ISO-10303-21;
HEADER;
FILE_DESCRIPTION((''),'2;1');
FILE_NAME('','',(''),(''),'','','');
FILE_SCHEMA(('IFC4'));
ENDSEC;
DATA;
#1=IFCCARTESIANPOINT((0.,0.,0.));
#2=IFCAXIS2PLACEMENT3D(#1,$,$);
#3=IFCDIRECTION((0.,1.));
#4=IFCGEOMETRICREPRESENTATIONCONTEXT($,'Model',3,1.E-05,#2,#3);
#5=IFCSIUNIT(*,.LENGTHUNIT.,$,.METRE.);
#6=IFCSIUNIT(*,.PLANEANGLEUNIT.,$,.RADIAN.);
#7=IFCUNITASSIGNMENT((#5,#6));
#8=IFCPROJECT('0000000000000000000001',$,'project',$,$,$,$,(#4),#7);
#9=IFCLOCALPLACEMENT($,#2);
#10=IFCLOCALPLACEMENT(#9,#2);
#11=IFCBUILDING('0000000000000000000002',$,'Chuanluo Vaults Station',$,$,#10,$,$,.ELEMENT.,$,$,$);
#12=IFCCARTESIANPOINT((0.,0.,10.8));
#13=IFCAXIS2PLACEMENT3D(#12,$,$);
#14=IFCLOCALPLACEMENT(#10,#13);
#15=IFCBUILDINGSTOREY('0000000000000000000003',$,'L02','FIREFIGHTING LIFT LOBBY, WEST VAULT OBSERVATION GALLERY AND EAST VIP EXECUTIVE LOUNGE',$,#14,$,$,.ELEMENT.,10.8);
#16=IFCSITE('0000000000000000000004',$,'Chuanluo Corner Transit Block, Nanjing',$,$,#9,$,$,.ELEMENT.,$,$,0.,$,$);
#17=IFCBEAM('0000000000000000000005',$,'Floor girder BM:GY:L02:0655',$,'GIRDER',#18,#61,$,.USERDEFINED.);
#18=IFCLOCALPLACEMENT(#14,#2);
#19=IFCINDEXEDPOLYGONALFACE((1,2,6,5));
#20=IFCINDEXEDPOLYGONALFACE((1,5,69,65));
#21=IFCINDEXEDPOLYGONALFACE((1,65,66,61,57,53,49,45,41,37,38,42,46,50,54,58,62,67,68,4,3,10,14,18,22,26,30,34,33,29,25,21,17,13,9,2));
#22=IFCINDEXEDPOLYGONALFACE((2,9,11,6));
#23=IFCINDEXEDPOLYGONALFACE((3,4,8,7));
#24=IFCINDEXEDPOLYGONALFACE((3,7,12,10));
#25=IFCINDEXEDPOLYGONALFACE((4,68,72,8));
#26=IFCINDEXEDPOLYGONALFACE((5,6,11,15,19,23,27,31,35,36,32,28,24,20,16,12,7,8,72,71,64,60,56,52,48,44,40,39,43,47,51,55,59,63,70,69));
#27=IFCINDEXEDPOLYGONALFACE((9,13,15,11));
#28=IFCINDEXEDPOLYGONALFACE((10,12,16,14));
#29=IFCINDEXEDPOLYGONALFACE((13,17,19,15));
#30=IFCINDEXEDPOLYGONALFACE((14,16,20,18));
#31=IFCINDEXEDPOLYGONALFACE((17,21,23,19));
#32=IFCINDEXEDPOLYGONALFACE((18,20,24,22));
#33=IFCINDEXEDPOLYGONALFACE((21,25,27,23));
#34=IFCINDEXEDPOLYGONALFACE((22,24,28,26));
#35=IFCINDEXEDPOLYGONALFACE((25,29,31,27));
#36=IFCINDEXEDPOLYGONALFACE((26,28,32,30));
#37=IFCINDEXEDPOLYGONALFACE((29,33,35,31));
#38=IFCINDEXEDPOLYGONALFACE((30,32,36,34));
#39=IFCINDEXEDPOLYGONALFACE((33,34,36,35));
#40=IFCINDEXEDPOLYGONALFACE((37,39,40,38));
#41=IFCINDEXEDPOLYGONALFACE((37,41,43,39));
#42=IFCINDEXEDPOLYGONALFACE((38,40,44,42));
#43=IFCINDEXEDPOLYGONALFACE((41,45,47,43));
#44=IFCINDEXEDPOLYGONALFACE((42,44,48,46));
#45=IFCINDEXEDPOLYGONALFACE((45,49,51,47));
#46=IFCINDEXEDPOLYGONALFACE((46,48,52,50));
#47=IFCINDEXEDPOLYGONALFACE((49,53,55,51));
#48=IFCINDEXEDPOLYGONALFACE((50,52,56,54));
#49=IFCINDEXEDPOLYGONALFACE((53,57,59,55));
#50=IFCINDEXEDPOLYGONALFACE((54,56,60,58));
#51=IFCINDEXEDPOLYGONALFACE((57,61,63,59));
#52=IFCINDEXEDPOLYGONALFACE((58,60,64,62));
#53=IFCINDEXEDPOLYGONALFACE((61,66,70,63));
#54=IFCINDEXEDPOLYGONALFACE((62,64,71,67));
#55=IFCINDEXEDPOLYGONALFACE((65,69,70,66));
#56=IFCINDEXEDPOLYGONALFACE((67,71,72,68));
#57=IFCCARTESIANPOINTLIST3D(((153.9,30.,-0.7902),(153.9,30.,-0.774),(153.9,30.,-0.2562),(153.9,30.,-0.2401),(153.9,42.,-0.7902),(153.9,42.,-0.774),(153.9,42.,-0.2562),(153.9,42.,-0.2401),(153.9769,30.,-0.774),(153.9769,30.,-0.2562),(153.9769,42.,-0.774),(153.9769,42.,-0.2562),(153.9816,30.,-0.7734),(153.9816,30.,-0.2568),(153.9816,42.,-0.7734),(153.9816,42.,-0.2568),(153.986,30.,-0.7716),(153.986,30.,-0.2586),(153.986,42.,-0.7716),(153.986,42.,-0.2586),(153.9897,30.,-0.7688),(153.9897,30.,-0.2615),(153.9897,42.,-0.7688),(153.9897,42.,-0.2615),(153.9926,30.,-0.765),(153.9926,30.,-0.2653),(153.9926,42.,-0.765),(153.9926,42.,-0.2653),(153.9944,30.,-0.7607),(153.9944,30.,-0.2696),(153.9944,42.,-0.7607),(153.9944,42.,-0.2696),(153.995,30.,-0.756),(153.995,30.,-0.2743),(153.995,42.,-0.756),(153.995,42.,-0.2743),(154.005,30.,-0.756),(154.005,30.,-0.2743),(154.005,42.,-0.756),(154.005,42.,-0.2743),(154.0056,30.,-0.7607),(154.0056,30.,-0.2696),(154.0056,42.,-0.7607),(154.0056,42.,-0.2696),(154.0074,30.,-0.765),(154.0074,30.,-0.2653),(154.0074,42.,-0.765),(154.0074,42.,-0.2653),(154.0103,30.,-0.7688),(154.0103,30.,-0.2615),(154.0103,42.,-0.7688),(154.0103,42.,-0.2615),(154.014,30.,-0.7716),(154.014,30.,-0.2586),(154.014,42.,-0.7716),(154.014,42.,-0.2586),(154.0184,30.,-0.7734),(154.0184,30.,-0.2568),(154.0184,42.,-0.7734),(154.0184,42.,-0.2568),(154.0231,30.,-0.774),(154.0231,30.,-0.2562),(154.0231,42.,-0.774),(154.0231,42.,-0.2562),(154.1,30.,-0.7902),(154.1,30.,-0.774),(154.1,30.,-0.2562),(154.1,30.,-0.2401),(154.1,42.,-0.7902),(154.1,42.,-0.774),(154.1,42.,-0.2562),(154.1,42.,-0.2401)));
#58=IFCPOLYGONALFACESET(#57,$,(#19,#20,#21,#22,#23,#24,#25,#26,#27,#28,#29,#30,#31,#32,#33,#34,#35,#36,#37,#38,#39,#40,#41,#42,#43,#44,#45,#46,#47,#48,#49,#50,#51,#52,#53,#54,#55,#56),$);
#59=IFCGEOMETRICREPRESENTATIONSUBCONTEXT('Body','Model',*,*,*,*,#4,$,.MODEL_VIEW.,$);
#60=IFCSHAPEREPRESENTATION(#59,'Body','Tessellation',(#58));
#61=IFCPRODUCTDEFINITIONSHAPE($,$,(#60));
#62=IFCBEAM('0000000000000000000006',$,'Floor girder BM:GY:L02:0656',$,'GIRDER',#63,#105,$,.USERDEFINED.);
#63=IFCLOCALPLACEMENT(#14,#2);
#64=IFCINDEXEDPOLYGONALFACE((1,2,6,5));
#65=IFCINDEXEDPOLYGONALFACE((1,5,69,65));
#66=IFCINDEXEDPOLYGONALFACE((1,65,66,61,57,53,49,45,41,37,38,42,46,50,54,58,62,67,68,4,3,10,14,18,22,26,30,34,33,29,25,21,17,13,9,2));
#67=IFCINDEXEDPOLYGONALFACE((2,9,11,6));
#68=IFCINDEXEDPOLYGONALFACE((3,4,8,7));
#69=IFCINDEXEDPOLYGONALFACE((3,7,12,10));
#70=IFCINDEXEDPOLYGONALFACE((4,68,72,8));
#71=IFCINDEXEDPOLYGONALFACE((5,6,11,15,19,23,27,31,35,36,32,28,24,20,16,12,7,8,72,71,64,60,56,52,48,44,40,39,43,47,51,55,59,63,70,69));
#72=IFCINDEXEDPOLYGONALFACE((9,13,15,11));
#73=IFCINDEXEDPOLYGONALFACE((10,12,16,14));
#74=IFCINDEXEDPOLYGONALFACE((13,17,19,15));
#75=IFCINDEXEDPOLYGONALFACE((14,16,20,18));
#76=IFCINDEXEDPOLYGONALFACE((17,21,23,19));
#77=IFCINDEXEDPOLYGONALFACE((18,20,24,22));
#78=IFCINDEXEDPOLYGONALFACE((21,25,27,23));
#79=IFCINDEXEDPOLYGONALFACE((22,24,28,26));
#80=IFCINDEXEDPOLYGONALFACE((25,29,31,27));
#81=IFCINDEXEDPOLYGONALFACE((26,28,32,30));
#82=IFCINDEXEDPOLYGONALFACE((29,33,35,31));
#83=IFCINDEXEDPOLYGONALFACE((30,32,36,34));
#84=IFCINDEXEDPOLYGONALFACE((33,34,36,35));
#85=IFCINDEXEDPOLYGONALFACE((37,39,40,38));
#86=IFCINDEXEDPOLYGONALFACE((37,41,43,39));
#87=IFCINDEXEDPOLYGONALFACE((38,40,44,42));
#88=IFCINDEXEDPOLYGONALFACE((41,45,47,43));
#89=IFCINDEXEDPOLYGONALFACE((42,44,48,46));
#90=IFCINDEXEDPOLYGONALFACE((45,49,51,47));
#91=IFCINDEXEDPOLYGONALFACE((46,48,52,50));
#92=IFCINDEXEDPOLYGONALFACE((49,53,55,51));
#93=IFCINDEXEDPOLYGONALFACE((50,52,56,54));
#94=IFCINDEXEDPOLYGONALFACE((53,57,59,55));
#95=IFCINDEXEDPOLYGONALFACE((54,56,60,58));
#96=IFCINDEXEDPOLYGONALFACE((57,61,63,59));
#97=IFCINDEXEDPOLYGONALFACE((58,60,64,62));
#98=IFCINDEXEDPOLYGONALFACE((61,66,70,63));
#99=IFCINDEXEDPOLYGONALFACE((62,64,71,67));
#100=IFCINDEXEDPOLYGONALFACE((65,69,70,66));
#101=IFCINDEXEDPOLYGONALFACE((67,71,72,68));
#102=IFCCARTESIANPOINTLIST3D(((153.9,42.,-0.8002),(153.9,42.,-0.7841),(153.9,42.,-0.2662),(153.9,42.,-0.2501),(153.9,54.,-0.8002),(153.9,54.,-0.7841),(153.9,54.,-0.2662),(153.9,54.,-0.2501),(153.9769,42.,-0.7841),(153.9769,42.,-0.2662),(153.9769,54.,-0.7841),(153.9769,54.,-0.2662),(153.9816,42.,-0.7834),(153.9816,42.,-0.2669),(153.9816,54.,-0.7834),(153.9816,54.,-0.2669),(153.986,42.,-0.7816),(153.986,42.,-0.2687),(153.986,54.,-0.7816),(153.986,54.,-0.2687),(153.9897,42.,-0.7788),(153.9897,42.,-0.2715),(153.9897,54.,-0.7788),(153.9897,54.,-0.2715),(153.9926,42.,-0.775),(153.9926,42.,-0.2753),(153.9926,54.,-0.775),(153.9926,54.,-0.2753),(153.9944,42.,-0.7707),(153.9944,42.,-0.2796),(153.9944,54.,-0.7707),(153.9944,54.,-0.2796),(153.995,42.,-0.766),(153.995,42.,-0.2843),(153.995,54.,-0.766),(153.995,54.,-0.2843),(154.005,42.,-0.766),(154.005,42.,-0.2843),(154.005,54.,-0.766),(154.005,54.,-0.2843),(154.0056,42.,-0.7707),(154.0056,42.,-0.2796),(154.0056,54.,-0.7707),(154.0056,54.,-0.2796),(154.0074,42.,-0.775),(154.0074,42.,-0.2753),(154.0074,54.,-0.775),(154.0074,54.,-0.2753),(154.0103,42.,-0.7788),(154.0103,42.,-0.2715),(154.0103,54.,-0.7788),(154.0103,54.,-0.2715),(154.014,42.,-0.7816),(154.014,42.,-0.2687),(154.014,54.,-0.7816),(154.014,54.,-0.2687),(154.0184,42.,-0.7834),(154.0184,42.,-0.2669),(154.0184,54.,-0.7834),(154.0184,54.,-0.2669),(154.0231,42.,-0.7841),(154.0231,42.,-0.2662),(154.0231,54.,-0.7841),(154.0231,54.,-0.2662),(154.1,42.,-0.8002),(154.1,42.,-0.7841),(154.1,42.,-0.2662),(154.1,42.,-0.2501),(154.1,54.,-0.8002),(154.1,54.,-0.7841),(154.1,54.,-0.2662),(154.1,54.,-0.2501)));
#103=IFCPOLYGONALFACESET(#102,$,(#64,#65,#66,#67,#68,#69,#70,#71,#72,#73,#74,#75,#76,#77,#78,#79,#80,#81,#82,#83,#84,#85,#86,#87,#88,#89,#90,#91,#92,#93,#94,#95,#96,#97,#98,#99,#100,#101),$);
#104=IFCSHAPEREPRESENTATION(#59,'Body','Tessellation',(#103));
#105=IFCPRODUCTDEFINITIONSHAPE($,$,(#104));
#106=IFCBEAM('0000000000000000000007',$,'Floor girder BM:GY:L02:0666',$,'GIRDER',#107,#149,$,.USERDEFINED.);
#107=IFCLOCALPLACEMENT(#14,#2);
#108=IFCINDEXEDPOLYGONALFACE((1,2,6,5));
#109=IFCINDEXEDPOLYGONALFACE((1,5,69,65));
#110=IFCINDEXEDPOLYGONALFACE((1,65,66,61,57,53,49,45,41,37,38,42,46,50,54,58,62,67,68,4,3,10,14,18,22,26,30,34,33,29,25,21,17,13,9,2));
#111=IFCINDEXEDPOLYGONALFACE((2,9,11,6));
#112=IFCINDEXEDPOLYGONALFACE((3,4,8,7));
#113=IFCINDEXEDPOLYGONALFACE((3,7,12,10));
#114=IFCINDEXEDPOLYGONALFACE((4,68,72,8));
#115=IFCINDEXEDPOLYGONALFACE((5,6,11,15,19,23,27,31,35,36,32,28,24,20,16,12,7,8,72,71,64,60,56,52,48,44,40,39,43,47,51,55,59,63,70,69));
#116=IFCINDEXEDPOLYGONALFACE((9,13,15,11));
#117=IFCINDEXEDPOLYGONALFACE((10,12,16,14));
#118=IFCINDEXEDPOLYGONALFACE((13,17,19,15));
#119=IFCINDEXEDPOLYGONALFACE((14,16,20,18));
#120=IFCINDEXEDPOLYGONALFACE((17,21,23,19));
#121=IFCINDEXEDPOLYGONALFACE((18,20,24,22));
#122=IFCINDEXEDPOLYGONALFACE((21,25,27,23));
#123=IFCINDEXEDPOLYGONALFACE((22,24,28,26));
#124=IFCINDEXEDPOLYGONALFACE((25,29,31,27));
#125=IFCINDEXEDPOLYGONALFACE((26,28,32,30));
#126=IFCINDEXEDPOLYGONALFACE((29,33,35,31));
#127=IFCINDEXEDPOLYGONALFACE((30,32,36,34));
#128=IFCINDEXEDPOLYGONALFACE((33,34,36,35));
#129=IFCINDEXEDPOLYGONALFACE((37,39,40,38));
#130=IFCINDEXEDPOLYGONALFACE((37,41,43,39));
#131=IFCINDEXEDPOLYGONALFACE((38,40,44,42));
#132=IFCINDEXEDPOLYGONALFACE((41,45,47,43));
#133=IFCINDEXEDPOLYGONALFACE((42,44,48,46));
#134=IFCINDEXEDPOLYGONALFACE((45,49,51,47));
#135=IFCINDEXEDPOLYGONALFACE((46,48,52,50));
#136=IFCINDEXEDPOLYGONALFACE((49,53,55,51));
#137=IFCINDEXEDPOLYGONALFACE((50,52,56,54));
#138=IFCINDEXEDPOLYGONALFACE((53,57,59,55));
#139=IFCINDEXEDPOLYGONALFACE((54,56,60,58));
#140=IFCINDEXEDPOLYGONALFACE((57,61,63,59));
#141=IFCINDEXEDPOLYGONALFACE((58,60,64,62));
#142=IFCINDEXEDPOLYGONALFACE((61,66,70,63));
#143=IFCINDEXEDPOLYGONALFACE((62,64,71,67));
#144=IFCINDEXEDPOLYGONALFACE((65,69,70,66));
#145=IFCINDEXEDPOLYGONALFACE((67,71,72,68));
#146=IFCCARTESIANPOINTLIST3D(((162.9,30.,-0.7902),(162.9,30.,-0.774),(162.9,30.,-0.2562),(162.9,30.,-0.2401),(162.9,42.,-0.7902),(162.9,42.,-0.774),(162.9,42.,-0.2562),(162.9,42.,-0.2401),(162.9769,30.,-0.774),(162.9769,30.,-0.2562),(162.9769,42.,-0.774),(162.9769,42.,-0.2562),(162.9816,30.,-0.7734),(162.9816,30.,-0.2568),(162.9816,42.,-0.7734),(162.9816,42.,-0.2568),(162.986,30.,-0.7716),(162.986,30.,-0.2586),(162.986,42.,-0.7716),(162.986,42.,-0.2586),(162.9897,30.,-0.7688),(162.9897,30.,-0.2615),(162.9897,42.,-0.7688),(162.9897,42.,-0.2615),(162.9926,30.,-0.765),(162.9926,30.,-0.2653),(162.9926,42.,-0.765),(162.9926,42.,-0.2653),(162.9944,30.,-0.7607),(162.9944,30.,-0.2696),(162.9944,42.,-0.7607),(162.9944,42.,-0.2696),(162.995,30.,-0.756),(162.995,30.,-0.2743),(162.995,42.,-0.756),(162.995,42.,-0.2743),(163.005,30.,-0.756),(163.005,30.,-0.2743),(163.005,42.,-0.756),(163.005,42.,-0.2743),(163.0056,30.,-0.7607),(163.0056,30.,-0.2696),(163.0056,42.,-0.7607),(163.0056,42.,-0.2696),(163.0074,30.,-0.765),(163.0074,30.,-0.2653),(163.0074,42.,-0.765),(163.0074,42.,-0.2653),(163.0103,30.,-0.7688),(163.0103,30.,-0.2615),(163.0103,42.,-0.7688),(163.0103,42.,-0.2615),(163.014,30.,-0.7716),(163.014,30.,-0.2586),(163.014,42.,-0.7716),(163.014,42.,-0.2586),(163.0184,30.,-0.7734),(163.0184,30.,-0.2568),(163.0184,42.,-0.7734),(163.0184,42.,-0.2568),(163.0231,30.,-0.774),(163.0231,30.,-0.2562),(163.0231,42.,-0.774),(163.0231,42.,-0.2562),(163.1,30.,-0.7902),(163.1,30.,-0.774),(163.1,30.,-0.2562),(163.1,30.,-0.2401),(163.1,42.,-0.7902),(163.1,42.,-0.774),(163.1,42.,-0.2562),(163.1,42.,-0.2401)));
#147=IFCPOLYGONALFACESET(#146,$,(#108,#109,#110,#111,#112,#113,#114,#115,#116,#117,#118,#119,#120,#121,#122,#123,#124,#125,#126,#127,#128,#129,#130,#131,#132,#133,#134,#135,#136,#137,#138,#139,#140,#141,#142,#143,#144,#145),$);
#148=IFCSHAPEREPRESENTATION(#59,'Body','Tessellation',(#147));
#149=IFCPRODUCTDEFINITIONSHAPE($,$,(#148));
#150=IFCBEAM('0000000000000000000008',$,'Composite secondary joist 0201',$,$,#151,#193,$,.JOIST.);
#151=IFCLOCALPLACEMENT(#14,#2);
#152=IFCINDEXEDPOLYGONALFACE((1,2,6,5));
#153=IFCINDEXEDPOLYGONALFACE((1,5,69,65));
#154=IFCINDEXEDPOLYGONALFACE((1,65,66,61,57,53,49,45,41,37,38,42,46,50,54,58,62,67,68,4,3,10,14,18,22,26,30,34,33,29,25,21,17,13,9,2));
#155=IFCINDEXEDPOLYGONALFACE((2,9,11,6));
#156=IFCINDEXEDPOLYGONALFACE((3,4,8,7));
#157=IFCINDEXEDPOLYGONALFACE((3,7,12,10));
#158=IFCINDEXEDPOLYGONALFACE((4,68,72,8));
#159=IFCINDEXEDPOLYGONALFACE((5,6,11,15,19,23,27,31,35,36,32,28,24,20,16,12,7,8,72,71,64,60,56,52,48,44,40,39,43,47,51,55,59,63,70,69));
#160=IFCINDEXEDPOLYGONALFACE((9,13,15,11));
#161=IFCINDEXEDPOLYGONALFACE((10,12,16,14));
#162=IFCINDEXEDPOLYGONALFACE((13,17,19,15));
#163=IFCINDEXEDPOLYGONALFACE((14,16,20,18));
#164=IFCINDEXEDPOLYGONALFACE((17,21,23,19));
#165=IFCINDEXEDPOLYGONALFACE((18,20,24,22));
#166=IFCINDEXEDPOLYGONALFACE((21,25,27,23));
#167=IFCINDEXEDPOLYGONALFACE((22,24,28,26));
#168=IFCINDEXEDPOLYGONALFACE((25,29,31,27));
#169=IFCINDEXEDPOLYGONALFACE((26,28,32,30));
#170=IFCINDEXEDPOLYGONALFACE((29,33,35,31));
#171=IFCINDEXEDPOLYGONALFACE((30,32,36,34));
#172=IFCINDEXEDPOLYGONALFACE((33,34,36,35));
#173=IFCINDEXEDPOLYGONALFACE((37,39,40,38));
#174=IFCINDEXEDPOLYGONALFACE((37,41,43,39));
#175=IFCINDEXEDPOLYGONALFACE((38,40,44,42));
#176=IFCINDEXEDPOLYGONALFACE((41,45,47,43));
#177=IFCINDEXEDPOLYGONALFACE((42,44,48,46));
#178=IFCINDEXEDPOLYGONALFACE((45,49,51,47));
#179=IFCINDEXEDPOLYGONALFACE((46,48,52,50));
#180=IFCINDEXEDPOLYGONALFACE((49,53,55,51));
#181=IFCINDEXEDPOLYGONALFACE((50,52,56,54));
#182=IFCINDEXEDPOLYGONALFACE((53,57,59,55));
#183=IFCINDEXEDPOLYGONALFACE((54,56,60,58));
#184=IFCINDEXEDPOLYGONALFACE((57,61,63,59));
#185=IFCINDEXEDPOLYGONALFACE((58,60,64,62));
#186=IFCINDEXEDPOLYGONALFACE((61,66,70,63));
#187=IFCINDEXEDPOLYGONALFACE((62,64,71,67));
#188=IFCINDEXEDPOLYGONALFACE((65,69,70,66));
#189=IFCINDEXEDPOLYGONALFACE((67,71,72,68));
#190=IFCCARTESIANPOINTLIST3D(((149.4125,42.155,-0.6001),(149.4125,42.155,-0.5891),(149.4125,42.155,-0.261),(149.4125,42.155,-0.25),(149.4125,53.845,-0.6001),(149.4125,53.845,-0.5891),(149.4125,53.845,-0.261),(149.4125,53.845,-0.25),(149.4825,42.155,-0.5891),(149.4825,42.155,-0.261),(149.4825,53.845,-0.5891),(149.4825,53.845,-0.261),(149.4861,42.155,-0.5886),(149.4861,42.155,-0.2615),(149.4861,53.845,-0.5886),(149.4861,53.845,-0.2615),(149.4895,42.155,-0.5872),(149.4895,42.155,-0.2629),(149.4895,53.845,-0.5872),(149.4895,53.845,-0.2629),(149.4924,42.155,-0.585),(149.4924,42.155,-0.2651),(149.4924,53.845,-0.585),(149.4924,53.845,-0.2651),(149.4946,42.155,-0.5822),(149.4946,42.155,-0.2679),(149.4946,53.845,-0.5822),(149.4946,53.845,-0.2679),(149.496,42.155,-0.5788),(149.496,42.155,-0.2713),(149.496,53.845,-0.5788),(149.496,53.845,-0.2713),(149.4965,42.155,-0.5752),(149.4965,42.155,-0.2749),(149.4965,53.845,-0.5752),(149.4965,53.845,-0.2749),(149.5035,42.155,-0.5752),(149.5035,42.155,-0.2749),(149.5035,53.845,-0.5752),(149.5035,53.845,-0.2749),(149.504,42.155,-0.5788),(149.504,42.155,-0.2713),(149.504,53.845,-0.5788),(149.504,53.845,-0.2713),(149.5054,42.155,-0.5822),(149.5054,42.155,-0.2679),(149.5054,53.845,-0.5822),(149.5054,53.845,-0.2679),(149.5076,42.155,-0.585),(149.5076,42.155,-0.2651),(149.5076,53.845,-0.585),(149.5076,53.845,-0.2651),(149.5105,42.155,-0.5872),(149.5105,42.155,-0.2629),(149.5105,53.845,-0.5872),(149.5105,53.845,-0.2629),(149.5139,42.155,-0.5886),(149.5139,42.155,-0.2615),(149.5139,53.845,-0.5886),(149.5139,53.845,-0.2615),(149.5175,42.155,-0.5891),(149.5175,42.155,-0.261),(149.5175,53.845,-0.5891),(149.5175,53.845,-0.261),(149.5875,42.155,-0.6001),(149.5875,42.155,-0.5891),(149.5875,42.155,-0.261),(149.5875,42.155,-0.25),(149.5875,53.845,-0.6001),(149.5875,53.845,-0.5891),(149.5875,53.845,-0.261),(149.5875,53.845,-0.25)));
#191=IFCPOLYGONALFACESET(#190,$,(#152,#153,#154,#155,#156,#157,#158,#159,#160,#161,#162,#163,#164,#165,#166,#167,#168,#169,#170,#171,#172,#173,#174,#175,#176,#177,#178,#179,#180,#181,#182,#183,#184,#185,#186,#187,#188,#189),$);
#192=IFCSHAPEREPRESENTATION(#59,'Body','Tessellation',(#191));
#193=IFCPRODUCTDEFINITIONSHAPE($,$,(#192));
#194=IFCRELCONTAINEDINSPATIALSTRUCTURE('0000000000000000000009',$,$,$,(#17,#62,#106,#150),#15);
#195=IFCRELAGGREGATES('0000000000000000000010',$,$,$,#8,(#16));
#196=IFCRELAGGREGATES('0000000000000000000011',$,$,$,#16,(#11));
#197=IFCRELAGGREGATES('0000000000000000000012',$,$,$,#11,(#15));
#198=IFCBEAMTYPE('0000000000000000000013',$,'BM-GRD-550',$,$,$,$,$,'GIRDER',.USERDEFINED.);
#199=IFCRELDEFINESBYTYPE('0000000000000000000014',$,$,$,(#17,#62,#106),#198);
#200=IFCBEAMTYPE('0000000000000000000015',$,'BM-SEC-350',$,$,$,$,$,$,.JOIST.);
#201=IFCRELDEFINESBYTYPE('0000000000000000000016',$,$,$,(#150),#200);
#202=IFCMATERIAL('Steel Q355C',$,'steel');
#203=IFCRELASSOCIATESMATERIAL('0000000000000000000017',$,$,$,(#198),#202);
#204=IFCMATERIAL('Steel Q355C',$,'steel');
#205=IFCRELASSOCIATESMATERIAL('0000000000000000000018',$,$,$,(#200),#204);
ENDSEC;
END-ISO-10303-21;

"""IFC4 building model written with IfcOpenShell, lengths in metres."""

from ifc_helpers import new_model, si_unit, direction, frame, origin, origin_2d, place, context, subcontext, project, spatial, i_section, extrude, material, material_profile, profile_set, type_object, element, save


model = new_model("IFC4")

# Units and contexts
model_context = context("Model", 3, precision=1e-05, world=origin(), true_north=direction((0.0, 1.0)))
body_context = subcontext(model_context, "Body", "Model", "MODEL_VIEW")
ifc_project = project(units=[si_unit("LENGTHUNIT", "METRE"), si_unit("PLANEANGLEUNIT", "RADIAN")], contexts=[model_context])

# Site, building, storey
site_placement = place(None, origin())
site = spatial("IfcSite", under=ifc_project, at=site_placement, Name="Chuanluo Corner Transit Block, Nanjing", CompositionType="ELEMENT", RefElevation=0.0)
building_placement = place(site_placement, origin())
building = spatial("IfcBuilding", under=site, at=building_placement, Name="Chuanluo Vaults Station", CompositionType="ELEMENT")
storey_placement = place(building_placement, frame((0.0, 0.0, 10.8)))
storey = spatial("IfcBuildingStorey", under=building, at=storey_placement, Name="L02", Description="FIREFIGHTING LIFT LOBBY, WEST VAULT OBSERVATION GALLERY AND EAST VIP EXECUTIVE LOUNGE", CompositionType="ELEMENT", Elevation=10.8)

# Beams
ifc_material_1 = material(Name="Steel Q355C", Category="steel")
ifc_material_profile_1 = material_profile(ifc_material_1, i_section(OverallWidth=0.2, OverallDepth=0.55, WebThickness=0.01, FlangeThickness=0.0161, FilletRadius=0.0181, at=origin_2d()))
ifc_profile_set_1 = profile_set([ifc_material_profile_1], Name="Steel Q355C")
beam_type_1 = type_object("IfcBeamType", Name="BM-GRD-550", ElementType="GIRDER", PredefinedType="USERDEFINED", material=ifc_profile_set_1)
for number, where, z_axis, x_axis, name in (
    (1, (154.0, 30.0, -0.5151), (0.0, 1.0, 0.0), (-1.0, 0.0, 0.0), "Floor girder BM:GY:L02:0655"),
    (2, (154.0, 42.0, -0.5251), (0.0, 1.0, 0.0), (-1.0, 0.0, 0.0), "Floor girder BM:GY:L02:0656"),
    (3, (163.0, 30.0, -0.5151), (0.0, 1.0, 0.0), (-1.0, 0.0, 0.0), "Floor girder BM:GY:L02:0666"),
):
    element("IfcBeam", number, at=place(storey_placement, frame(where, z_axis=z_axis, x_axis=x_axis)), inside=storey, type_object=beam_type_1, Name=name, ObjectType="GIRDER", PredefinedType="USERDEFINED", context=body_context, shape_type="SweptSolid", body=[
        extrude(i_section(OverallWidth=0.2, OverallDepth=0.55, WebThickness=0.01, FlangeThickness=0.0161, FilletRadius=0.0181, at=origin_2d()), origin(), (0.0, 0.0, 1.0), 12.0),
    ])
ifc_material_2 = material(Name="Steel Q355C", Category="steel")
ifc_material_profile_2 = material_profile(ifc_material_2, i_section(OverallWidth=0.175, OverallDepth=0.3501, WebThickness=0.0071, FlangeThickness=0.011, FilletRadius=0.0139, at=origin_2d()))
ifc_profile_set_2 = profile_set([ifc_material_profile_2], Name="Steel Q355C")
beam_type_2 = type_object("IfcBeamType", Name="BM-SEC-350", PredefinedType="JOIST", material=ifc_profile_set_2)
beam_placement = place(storey_placement, frame((149.5, 42.155, -0.425), z_axis=(0.0, 1.0, 0.0), x_axis=(-1.0, 0.0, 0.0)))
element("IfcBeam", 4, at=beam_placement, inside=storey, type_object=beam_type_2, Name="Composite secondary joist 0201", PredefinedType="JOIST", context=body_context, shape_type="SweptSolid", body=[
    extrude(i_section(OverallWidth=0.175, OverallDepth=0.3501, WebThickness=0.0071, FlangeThickness=0.011, FilletRadius=0.0139, at=origin_2d()), origin(), (0.0, 0.0, 1.0), 11.6899),
])

save(model, "model.ifc")
